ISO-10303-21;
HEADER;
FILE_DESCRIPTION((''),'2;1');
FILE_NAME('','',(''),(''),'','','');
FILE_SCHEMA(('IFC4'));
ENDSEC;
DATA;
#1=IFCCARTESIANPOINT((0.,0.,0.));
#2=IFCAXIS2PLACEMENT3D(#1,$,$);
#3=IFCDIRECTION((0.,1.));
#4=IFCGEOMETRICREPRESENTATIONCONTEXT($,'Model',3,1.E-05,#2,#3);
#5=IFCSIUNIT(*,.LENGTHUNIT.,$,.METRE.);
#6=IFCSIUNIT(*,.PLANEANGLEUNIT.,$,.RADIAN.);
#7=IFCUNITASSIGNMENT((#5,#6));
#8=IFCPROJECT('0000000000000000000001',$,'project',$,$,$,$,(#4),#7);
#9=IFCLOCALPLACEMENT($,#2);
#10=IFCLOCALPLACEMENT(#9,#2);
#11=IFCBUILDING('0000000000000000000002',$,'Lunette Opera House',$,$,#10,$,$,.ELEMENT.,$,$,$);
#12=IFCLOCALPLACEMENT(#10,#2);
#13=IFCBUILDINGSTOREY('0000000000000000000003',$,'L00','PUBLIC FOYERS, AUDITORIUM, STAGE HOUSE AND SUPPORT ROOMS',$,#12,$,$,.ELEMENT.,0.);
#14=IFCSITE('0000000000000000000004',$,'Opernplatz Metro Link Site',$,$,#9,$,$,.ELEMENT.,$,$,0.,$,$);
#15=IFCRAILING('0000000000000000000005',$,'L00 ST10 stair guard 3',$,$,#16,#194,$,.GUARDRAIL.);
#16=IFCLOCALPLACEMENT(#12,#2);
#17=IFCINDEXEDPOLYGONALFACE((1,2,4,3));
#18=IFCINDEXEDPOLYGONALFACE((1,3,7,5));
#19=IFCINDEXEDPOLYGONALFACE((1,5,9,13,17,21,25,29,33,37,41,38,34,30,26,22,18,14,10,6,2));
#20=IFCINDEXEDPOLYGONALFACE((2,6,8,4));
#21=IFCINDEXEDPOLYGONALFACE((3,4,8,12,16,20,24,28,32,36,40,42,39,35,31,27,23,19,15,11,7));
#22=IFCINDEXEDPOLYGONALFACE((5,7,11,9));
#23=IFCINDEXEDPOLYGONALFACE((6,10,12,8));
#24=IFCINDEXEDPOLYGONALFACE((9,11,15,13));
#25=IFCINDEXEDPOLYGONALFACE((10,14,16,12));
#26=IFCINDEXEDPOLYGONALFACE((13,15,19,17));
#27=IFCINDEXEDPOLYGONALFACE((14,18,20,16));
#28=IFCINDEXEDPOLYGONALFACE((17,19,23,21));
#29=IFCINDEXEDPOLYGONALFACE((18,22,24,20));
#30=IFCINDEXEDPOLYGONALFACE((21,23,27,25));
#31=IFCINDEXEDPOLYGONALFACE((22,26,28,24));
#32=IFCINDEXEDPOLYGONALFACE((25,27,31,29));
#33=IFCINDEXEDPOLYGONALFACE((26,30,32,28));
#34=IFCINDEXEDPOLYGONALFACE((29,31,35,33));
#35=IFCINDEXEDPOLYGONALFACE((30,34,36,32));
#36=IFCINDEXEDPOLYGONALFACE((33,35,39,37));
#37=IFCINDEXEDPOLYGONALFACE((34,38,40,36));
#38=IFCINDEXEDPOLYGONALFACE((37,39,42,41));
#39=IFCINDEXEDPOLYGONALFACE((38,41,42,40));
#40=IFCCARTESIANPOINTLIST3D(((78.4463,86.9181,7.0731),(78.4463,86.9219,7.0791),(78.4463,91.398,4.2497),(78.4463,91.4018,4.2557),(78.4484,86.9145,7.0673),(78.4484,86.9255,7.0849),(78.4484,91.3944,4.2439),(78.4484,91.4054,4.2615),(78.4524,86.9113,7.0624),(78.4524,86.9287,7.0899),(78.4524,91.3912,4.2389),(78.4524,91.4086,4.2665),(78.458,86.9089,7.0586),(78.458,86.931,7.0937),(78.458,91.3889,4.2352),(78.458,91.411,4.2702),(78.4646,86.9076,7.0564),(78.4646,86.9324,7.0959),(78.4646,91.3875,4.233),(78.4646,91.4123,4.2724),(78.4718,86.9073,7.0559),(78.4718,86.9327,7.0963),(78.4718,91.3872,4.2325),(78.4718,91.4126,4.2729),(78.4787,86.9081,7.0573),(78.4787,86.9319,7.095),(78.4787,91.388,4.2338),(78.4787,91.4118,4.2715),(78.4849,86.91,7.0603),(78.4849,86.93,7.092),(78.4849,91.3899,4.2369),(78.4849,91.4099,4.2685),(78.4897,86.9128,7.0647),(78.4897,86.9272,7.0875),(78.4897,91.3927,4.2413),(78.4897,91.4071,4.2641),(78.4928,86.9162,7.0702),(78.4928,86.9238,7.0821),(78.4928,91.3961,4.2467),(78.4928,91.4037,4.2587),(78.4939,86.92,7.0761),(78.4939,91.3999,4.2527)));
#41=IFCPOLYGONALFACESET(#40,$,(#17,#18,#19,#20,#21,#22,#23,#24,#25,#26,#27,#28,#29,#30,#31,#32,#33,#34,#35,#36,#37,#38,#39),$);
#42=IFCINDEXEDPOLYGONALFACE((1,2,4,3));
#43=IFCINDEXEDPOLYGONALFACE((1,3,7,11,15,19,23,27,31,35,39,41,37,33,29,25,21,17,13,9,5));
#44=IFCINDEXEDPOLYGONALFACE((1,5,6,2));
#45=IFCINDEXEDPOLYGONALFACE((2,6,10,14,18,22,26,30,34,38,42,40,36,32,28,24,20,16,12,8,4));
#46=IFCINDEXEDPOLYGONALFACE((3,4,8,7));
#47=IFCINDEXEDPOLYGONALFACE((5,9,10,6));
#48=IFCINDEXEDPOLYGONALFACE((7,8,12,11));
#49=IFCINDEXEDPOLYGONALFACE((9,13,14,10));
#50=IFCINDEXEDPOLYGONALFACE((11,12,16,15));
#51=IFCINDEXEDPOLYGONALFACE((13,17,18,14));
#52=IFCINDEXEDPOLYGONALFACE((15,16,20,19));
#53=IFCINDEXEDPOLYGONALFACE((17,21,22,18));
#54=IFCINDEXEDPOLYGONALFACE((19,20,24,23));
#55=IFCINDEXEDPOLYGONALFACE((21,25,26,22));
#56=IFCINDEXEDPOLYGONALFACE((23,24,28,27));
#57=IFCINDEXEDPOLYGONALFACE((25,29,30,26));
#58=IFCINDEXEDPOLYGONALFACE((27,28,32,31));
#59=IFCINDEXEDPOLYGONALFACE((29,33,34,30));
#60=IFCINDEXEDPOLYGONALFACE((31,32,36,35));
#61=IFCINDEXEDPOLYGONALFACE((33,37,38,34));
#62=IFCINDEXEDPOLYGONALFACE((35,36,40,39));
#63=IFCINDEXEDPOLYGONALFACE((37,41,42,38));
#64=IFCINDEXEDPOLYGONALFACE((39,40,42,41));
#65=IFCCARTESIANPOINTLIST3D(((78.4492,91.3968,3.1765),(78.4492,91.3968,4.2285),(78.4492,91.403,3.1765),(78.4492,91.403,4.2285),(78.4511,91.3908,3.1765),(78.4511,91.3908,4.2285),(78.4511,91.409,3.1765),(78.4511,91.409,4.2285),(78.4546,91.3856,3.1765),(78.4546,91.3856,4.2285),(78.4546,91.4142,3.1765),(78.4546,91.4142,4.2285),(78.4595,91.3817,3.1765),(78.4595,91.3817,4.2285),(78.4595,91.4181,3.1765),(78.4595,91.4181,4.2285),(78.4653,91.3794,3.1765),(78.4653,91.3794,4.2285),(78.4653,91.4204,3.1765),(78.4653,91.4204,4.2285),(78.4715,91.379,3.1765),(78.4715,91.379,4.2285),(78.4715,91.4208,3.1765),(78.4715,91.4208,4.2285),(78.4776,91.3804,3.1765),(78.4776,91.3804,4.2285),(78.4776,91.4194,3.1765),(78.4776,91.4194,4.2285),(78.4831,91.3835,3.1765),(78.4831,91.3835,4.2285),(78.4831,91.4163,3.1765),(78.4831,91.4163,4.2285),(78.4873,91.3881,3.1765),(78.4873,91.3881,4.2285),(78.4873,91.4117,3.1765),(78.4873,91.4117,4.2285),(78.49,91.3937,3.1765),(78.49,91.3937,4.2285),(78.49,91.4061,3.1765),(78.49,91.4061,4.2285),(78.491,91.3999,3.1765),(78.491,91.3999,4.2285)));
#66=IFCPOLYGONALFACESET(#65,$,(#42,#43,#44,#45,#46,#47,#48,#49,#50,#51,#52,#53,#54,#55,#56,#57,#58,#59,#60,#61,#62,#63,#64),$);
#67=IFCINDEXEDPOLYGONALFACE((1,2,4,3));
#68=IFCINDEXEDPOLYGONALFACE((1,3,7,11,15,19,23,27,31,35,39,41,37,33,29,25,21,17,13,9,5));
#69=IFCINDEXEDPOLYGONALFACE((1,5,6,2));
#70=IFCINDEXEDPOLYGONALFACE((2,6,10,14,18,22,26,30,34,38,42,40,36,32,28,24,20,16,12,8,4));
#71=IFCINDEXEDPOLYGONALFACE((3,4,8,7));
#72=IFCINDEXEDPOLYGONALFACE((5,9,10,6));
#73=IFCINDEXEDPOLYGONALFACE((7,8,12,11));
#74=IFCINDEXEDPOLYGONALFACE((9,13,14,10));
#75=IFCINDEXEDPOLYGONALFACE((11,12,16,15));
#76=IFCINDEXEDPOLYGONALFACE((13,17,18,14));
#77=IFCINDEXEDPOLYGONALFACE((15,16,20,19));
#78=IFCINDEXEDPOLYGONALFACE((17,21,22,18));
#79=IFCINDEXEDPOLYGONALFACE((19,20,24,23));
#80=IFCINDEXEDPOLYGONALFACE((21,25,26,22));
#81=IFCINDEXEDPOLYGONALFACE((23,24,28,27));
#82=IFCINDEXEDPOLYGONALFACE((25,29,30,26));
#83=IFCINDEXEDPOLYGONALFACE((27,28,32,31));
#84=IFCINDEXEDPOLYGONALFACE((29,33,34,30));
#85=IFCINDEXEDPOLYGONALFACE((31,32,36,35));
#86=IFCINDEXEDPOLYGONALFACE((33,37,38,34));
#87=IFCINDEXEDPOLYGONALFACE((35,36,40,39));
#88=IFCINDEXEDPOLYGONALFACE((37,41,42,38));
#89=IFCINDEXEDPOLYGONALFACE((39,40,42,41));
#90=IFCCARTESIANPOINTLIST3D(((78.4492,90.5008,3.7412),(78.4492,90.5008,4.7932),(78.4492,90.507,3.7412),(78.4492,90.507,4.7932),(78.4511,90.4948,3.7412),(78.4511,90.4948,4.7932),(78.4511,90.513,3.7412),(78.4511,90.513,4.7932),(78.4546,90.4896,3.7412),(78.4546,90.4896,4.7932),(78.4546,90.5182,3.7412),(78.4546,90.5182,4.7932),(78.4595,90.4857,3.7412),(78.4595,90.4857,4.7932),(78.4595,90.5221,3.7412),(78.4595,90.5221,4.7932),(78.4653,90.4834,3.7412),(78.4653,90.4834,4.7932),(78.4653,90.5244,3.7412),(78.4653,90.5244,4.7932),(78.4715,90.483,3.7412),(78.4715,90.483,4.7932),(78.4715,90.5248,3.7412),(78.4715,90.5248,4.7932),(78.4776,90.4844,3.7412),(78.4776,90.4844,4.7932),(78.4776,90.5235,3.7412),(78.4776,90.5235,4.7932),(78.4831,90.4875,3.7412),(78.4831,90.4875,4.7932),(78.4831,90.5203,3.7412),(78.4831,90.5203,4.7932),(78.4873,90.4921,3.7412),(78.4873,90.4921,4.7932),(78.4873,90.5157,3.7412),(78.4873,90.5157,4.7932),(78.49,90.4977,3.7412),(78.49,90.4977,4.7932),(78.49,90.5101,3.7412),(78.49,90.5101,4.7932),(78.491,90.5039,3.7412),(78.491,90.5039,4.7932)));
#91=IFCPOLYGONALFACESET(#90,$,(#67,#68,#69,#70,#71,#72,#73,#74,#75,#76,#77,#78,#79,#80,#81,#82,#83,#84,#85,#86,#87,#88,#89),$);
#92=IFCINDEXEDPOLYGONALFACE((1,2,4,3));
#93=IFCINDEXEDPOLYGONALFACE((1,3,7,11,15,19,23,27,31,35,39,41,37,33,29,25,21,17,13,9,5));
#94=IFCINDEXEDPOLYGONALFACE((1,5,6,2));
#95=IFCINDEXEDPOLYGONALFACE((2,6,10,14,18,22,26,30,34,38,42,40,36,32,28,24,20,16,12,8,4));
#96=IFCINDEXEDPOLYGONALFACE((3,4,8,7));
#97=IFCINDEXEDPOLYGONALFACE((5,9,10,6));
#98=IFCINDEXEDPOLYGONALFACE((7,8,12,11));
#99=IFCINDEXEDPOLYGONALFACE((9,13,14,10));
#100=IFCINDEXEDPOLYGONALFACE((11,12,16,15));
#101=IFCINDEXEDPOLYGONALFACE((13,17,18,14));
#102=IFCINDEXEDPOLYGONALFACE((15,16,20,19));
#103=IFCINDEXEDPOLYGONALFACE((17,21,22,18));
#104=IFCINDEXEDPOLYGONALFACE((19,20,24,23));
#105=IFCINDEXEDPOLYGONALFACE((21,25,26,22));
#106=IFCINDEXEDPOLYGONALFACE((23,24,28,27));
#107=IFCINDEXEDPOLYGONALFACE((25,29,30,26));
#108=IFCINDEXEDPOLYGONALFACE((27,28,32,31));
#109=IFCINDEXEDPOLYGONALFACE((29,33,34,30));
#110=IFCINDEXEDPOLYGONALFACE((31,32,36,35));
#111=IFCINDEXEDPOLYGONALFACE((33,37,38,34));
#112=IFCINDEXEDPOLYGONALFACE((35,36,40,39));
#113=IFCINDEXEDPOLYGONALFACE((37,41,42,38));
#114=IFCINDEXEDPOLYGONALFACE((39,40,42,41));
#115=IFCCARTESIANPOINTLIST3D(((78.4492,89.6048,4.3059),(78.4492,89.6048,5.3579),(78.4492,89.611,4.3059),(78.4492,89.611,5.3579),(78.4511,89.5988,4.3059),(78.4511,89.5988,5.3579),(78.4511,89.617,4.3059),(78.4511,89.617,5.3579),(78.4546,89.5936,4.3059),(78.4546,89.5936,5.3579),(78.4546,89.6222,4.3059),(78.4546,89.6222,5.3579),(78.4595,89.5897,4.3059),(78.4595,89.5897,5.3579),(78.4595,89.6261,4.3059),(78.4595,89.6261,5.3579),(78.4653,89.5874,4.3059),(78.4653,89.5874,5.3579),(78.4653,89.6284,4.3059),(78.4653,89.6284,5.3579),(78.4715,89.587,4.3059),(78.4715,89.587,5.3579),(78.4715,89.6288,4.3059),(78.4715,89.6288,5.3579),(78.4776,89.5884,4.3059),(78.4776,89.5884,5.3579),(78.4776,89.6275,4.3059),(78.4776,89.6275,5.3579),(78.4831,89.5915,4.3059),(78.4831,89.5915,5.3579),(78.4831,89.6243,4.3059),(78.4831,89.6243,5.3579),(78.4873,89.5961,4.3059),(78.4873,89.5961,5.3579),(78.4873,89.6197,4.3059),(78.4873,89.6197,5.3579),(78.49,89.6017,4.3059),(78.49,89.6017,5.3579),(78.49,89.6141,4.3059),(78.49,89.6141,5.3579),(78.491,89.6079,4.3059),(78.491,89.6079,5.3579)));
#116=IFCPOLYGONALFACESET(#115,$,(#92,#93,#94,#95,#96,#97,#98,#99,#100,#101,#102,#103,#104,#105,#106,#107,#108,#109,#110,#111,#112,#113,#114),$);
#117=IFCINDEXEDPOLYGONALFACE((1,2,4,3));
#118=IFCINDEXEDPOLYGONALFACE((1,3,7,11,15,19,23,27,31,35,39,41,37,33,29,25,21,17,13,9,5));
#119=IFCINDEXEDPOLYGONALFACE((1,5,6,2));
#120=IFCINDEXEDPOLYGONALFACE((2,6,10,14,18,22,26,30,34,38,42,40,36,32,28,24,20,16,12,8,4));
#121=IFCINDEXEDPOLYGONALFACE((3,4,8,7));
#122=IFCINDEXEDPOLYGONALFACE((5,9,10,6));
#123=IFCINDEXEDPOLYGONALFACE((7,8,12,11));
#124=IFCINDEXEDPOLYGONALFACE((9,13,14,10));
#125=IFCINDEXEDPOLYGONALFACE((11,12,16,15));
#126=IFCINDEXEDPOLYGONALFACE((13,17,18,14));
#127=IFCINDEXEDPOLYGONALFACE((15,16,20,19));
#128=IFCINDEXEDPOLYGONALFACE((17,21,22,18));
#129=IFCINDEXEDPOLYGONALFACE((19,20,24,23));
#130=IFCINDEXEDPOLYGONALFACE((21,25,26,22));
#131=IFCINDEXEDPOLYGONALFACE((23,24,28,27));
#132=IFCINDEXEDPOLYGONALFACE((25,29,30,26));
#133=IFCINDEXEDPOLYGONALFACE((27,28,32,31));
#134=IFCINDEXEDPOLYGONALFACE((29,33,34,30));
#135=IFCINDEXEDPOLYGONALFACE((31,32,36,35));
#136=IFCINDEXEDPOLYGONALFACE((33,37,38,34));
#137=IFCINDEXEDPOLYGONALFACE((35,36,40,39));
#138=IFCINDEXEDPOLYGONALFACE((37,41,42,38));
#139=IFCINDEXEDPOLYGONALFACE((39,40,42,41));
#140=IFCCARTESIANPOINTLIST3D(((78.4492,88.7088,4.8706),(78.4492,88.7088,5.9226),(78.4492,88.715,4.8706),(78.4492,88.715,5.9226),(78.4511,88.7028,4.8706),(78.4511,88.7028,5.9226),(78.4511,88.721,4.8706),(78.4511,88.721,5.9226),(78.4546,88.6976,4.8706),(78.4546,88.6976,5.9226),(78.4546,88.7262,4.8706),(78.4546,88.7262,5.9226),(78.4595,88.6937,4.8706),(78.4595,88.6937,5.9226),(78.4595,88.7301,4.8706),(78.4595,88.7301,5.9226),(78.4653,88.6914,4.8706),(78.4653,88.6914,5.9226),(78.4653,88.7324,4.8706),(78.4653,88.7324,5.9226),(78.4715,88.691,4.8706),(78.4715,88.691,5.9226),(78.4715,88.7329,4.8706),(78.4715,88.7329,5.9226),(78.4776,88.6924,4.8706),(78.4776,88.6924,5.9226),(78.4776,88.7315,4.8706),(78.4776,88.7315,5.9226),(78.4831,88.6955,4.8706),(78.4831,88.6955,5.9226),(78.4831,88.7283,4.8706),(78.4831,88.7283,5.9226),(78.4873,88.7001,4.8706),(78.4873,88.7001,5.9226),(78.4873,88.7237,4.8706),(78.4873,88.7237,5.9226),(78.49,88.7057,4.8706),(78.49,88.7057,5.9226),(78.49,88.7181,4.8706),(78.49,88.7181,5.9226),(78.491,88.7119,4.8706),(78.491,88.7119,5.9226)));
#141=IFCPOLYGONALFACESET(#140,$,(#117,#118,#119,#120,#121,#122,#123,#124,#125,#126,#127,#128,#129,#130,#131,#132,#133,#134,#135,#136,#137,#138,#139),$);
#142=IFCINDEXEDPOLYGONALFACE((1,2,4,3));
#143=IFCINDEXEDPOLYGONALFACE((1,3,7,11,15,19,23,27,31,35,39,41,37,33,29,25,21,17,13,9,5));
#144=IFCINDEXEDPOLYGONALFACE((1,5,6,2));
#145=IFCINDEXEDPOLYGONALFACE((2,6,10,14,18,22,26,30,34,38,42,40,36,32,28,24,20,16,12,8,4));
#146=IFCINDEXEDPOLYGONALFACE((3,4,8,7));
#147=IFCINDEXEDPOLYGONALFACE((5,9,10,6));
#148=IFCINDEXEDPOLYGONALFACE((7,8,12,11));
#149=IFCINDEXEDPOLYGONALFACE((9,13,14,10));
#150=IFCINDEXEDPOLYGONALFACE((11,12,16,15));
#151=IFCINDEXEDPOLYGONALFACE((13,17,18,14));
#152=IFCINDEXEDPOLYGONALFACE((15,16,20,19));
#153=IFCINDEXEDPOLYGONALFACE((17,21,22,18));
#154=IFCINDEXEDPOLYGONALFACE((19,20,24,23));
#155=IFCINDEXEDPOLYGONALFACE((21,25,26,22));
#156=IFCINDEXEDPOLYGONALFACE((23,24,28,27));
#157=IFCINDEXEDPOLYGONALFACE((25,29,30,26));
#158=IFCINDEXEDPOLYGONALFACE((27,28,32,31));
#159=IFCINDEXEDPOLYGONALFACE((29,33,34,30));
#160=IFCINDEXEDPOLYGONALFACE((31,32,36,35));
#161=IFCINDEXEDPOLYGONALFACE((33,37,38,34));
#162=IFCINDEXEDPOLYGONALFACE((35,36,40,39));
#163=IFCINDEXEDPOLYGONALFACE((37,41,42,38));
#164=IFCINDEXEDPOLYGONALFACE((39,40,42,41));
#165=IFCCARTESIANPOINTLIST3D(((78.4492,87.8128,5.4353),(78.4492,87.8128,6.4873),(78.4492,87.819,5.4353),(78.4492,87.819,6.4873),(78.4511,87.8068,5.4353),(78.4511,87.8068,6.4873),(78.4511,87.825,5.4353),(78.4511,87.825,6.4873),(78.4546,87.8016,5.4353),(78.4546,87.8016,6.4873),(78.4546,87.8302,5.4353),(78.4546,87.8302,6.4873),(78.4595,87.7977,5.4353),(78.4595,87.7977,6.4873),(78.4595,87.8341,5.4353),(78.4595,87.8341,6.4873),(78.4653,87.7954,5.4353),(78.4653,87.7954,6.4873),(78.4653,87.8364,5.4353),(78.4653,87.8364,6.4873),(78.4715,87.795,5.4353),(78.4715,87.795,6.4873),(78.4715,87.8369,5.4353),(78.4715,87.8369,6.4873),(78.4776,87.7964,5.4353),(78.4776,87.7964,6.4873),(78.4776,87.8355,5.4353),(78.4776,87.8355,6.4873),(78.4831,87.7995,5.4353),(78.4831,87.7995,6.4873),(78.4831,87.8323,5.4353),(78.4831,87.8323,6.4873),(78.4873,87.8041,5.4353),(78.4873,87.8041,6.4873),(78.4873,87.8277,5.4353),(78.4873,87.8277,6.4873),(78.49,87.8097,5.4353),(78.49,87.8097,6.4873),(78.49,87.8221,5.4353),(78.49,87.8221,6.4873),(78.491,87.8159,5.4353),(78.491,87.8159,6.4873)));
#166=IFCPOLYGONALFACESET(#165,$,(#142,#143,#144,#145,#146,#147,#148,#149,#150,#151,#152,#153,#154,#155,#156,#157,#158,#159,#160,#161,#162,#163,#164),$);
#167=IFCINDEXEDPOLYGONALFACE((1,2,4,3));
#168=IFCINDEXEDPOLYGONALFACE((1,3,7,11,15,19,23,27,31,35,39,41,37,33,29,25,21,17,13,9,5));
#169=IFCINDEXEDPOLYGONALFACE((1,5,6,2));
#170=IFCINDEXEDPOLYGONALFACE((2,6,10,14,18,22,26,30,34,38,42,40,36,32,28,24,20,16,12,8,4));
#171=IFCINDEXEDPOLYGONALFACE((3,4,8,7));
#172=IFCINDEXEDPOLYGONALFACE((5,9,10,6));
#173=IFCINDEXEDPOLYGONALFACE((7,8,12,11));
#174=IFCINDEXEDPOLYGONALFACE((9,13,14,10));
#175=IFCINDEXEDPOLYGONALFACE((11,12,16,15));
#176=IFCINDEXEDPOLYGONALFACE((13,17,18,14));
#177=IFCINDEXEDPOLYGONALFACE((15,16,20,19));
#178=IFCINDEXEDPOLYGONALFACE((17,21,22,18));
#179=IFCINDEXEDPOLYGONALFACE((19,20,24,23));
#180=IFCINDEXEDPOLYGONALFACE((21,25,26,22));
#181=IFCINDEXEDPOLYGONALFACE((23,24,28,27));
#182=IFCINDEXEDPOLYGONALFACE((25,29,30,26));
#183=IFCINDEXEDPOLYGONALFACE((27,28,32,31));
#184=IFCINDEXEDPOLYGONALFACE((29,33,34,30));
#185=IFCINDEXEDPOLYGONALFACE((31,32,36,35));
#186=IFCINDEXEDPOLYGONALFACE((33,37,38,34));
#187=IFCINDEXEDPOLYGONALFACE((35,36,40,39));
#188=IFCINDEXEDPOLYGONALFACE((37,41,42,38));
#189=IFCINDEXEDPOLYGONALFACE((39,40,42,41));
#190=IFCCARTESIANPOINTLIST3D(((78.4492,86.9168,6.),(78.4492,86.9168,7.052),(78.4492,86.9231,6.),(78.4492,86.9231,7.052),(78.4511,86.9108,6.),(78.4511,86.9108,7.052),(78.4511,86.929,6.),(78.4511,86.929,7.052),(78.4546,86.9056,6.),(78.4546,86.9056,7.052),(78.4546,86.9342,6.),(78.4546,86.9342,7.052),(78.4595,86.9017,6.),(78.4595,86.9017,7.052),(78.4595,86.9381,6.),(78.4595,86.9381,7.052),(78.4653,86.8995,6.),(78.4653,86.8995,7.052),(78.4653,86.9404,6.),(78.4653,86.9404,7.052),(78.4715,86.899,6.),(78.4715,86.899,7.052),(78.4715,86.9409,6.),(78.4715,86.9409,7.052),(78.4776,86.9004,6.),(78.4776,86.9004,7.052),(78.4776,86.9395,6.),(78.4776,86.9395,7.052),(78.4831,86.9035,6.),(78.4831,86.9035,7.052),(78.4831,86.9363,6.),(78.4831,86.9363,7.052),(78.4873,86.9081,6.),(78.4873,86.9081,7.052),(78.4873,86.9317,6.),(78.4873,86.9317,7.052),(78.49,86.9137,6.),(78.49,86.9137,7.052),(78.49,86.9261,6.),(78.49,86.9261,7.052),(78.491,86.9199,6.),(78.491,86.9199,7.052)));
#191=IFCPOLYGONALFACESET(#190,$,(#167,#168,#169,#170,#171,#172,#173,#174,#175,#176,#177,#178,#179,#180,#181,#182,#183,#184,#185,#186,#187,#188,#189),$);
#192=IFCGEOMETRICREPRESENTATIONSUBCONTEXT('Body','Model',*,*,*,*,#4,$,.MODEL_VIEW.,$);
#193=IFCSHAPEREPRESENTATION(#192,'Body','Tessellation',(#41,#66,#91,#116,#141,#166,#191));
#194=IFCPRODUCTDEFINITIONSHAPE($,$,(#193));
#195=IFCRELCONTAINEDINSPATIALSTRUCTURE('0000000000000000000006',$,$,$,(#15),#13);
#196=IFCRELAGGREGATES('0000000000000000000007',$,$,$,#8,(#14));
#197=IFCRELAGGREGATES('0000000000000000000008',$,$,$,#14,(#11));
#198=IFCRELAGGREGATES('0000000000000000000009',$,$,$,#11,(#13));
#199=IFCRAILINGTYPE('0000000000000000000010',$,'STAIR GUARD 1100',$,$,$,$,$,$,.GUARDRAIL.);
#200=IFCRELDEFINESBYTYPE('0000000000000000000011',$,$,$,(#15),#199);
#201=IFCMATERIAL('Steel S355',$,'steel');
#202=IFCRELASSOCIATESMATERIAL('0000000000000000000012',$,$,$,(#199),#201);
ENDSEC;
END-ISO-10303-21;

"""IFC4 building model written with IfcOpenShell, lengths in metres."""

from ifc_helpers import new_model, si_unit, direction, frame, origin, origin_2d, place, context, subcontext, project, spatial, circle, extrude, material, type_object, element, save


model = new_model("IFC4")

# Units and contexts
model_context = context("Model", 3, precision=1e-05, world=origin(), true_north=direction((0.0, 1.0)))
body_context = subcontext(model_context, "Body", "Model", "MODEL_VIEW")
ifc_project = project(units=[si_unit("LENGTHUNIT", "METRE"), si_unit("PLANEANGLEUNIT", "RADIAN")], contexts=[model_context])

# Site, building, storey
site_placement = place(None, origin())
site = spatial("IfcSite", under=ifc_project, at=site_placement, Name="Opernplatz Metro Link Site", CompositionType="ELEMENT", RefElevation=0.0)
building_placement = place(site_placement, origin())
building = spatial("IfcBuilding", under=site, at=building_placement, Name="Lunette Opera House", CompositionType="ELEMENT")
storey_placement = place(building_placement, origin())
storey = spatial("IfcBuildingStorey", under=building, at=storey_placement, Name="L00", Description="PUBLIC FOYERS, AUDITORIUM, STAGE HOUSE AND SUPPORT ROOMS", CompositionType="ELEMENT", Elevation=0.0)

# Railing
ifc_material_1 = material(Name="Steel S355", Category="steel")
railing_type_1 = type_object("IfcRailingType", Name="STAIR GUARD 1100", PredefinedType="GUARDRAIL", material=ifc_material_1)
railing_1_placement = place(storey_placement, frame((78.47, 91.3999, 3.1765)))
element("IfcRailing", 1, at=railing_1_placement, inside=storey, type_object=railing_type_1, Name="L00 ST10 stair guard 3", PredefinedType="GUARDRAIL", context=body_context, shape_type="SweptSolid", body=[
    extrude(circle(Radius=0.0239, at=origin_2d()), frame((0.0, 0.0, 1.0762), z_axis=(0.0, -0.845998, 0.533186), x_axis=(1.0, 0.0, 0.0)), (0.0, 0.0, 1.0), 5.2954),
    extrude(circle(Radius=0.021, at=origin_2d()), origin(), (0.0, 0.0, 1.0), 1.052),
    extrude(circle(Radius=0.021, at=origin_2d()), frame((0.0, -0.896, 0.5647)), (0.0, 0.0, 1.0), 1.052),
    extrude(circle(Radius=0.021, at=origin_2d()), frame((0.0, -1.792, 1.1294)), (0.0, 0.0, 1.0), 1.052),
    extrude(circle(Radius=0.021, at=origin_2d()), frame((0.0, -2.688, 1.6941)), (0.0, 0.0, 1.0), 1.052),
    extrude(circle(Radius=0.021, at=origin_2d()), frame((0.0, -3.584, 2.2588)), (0.0, 0.0, 1.0), 1.052),
    extrude(circle(Radius=0.021, at=origin_2d()), frame((0.0, -4.48, 2.8235)), (0.0, 0.0, 1.0), 1.052),
])

save(model, "model.ifc")
